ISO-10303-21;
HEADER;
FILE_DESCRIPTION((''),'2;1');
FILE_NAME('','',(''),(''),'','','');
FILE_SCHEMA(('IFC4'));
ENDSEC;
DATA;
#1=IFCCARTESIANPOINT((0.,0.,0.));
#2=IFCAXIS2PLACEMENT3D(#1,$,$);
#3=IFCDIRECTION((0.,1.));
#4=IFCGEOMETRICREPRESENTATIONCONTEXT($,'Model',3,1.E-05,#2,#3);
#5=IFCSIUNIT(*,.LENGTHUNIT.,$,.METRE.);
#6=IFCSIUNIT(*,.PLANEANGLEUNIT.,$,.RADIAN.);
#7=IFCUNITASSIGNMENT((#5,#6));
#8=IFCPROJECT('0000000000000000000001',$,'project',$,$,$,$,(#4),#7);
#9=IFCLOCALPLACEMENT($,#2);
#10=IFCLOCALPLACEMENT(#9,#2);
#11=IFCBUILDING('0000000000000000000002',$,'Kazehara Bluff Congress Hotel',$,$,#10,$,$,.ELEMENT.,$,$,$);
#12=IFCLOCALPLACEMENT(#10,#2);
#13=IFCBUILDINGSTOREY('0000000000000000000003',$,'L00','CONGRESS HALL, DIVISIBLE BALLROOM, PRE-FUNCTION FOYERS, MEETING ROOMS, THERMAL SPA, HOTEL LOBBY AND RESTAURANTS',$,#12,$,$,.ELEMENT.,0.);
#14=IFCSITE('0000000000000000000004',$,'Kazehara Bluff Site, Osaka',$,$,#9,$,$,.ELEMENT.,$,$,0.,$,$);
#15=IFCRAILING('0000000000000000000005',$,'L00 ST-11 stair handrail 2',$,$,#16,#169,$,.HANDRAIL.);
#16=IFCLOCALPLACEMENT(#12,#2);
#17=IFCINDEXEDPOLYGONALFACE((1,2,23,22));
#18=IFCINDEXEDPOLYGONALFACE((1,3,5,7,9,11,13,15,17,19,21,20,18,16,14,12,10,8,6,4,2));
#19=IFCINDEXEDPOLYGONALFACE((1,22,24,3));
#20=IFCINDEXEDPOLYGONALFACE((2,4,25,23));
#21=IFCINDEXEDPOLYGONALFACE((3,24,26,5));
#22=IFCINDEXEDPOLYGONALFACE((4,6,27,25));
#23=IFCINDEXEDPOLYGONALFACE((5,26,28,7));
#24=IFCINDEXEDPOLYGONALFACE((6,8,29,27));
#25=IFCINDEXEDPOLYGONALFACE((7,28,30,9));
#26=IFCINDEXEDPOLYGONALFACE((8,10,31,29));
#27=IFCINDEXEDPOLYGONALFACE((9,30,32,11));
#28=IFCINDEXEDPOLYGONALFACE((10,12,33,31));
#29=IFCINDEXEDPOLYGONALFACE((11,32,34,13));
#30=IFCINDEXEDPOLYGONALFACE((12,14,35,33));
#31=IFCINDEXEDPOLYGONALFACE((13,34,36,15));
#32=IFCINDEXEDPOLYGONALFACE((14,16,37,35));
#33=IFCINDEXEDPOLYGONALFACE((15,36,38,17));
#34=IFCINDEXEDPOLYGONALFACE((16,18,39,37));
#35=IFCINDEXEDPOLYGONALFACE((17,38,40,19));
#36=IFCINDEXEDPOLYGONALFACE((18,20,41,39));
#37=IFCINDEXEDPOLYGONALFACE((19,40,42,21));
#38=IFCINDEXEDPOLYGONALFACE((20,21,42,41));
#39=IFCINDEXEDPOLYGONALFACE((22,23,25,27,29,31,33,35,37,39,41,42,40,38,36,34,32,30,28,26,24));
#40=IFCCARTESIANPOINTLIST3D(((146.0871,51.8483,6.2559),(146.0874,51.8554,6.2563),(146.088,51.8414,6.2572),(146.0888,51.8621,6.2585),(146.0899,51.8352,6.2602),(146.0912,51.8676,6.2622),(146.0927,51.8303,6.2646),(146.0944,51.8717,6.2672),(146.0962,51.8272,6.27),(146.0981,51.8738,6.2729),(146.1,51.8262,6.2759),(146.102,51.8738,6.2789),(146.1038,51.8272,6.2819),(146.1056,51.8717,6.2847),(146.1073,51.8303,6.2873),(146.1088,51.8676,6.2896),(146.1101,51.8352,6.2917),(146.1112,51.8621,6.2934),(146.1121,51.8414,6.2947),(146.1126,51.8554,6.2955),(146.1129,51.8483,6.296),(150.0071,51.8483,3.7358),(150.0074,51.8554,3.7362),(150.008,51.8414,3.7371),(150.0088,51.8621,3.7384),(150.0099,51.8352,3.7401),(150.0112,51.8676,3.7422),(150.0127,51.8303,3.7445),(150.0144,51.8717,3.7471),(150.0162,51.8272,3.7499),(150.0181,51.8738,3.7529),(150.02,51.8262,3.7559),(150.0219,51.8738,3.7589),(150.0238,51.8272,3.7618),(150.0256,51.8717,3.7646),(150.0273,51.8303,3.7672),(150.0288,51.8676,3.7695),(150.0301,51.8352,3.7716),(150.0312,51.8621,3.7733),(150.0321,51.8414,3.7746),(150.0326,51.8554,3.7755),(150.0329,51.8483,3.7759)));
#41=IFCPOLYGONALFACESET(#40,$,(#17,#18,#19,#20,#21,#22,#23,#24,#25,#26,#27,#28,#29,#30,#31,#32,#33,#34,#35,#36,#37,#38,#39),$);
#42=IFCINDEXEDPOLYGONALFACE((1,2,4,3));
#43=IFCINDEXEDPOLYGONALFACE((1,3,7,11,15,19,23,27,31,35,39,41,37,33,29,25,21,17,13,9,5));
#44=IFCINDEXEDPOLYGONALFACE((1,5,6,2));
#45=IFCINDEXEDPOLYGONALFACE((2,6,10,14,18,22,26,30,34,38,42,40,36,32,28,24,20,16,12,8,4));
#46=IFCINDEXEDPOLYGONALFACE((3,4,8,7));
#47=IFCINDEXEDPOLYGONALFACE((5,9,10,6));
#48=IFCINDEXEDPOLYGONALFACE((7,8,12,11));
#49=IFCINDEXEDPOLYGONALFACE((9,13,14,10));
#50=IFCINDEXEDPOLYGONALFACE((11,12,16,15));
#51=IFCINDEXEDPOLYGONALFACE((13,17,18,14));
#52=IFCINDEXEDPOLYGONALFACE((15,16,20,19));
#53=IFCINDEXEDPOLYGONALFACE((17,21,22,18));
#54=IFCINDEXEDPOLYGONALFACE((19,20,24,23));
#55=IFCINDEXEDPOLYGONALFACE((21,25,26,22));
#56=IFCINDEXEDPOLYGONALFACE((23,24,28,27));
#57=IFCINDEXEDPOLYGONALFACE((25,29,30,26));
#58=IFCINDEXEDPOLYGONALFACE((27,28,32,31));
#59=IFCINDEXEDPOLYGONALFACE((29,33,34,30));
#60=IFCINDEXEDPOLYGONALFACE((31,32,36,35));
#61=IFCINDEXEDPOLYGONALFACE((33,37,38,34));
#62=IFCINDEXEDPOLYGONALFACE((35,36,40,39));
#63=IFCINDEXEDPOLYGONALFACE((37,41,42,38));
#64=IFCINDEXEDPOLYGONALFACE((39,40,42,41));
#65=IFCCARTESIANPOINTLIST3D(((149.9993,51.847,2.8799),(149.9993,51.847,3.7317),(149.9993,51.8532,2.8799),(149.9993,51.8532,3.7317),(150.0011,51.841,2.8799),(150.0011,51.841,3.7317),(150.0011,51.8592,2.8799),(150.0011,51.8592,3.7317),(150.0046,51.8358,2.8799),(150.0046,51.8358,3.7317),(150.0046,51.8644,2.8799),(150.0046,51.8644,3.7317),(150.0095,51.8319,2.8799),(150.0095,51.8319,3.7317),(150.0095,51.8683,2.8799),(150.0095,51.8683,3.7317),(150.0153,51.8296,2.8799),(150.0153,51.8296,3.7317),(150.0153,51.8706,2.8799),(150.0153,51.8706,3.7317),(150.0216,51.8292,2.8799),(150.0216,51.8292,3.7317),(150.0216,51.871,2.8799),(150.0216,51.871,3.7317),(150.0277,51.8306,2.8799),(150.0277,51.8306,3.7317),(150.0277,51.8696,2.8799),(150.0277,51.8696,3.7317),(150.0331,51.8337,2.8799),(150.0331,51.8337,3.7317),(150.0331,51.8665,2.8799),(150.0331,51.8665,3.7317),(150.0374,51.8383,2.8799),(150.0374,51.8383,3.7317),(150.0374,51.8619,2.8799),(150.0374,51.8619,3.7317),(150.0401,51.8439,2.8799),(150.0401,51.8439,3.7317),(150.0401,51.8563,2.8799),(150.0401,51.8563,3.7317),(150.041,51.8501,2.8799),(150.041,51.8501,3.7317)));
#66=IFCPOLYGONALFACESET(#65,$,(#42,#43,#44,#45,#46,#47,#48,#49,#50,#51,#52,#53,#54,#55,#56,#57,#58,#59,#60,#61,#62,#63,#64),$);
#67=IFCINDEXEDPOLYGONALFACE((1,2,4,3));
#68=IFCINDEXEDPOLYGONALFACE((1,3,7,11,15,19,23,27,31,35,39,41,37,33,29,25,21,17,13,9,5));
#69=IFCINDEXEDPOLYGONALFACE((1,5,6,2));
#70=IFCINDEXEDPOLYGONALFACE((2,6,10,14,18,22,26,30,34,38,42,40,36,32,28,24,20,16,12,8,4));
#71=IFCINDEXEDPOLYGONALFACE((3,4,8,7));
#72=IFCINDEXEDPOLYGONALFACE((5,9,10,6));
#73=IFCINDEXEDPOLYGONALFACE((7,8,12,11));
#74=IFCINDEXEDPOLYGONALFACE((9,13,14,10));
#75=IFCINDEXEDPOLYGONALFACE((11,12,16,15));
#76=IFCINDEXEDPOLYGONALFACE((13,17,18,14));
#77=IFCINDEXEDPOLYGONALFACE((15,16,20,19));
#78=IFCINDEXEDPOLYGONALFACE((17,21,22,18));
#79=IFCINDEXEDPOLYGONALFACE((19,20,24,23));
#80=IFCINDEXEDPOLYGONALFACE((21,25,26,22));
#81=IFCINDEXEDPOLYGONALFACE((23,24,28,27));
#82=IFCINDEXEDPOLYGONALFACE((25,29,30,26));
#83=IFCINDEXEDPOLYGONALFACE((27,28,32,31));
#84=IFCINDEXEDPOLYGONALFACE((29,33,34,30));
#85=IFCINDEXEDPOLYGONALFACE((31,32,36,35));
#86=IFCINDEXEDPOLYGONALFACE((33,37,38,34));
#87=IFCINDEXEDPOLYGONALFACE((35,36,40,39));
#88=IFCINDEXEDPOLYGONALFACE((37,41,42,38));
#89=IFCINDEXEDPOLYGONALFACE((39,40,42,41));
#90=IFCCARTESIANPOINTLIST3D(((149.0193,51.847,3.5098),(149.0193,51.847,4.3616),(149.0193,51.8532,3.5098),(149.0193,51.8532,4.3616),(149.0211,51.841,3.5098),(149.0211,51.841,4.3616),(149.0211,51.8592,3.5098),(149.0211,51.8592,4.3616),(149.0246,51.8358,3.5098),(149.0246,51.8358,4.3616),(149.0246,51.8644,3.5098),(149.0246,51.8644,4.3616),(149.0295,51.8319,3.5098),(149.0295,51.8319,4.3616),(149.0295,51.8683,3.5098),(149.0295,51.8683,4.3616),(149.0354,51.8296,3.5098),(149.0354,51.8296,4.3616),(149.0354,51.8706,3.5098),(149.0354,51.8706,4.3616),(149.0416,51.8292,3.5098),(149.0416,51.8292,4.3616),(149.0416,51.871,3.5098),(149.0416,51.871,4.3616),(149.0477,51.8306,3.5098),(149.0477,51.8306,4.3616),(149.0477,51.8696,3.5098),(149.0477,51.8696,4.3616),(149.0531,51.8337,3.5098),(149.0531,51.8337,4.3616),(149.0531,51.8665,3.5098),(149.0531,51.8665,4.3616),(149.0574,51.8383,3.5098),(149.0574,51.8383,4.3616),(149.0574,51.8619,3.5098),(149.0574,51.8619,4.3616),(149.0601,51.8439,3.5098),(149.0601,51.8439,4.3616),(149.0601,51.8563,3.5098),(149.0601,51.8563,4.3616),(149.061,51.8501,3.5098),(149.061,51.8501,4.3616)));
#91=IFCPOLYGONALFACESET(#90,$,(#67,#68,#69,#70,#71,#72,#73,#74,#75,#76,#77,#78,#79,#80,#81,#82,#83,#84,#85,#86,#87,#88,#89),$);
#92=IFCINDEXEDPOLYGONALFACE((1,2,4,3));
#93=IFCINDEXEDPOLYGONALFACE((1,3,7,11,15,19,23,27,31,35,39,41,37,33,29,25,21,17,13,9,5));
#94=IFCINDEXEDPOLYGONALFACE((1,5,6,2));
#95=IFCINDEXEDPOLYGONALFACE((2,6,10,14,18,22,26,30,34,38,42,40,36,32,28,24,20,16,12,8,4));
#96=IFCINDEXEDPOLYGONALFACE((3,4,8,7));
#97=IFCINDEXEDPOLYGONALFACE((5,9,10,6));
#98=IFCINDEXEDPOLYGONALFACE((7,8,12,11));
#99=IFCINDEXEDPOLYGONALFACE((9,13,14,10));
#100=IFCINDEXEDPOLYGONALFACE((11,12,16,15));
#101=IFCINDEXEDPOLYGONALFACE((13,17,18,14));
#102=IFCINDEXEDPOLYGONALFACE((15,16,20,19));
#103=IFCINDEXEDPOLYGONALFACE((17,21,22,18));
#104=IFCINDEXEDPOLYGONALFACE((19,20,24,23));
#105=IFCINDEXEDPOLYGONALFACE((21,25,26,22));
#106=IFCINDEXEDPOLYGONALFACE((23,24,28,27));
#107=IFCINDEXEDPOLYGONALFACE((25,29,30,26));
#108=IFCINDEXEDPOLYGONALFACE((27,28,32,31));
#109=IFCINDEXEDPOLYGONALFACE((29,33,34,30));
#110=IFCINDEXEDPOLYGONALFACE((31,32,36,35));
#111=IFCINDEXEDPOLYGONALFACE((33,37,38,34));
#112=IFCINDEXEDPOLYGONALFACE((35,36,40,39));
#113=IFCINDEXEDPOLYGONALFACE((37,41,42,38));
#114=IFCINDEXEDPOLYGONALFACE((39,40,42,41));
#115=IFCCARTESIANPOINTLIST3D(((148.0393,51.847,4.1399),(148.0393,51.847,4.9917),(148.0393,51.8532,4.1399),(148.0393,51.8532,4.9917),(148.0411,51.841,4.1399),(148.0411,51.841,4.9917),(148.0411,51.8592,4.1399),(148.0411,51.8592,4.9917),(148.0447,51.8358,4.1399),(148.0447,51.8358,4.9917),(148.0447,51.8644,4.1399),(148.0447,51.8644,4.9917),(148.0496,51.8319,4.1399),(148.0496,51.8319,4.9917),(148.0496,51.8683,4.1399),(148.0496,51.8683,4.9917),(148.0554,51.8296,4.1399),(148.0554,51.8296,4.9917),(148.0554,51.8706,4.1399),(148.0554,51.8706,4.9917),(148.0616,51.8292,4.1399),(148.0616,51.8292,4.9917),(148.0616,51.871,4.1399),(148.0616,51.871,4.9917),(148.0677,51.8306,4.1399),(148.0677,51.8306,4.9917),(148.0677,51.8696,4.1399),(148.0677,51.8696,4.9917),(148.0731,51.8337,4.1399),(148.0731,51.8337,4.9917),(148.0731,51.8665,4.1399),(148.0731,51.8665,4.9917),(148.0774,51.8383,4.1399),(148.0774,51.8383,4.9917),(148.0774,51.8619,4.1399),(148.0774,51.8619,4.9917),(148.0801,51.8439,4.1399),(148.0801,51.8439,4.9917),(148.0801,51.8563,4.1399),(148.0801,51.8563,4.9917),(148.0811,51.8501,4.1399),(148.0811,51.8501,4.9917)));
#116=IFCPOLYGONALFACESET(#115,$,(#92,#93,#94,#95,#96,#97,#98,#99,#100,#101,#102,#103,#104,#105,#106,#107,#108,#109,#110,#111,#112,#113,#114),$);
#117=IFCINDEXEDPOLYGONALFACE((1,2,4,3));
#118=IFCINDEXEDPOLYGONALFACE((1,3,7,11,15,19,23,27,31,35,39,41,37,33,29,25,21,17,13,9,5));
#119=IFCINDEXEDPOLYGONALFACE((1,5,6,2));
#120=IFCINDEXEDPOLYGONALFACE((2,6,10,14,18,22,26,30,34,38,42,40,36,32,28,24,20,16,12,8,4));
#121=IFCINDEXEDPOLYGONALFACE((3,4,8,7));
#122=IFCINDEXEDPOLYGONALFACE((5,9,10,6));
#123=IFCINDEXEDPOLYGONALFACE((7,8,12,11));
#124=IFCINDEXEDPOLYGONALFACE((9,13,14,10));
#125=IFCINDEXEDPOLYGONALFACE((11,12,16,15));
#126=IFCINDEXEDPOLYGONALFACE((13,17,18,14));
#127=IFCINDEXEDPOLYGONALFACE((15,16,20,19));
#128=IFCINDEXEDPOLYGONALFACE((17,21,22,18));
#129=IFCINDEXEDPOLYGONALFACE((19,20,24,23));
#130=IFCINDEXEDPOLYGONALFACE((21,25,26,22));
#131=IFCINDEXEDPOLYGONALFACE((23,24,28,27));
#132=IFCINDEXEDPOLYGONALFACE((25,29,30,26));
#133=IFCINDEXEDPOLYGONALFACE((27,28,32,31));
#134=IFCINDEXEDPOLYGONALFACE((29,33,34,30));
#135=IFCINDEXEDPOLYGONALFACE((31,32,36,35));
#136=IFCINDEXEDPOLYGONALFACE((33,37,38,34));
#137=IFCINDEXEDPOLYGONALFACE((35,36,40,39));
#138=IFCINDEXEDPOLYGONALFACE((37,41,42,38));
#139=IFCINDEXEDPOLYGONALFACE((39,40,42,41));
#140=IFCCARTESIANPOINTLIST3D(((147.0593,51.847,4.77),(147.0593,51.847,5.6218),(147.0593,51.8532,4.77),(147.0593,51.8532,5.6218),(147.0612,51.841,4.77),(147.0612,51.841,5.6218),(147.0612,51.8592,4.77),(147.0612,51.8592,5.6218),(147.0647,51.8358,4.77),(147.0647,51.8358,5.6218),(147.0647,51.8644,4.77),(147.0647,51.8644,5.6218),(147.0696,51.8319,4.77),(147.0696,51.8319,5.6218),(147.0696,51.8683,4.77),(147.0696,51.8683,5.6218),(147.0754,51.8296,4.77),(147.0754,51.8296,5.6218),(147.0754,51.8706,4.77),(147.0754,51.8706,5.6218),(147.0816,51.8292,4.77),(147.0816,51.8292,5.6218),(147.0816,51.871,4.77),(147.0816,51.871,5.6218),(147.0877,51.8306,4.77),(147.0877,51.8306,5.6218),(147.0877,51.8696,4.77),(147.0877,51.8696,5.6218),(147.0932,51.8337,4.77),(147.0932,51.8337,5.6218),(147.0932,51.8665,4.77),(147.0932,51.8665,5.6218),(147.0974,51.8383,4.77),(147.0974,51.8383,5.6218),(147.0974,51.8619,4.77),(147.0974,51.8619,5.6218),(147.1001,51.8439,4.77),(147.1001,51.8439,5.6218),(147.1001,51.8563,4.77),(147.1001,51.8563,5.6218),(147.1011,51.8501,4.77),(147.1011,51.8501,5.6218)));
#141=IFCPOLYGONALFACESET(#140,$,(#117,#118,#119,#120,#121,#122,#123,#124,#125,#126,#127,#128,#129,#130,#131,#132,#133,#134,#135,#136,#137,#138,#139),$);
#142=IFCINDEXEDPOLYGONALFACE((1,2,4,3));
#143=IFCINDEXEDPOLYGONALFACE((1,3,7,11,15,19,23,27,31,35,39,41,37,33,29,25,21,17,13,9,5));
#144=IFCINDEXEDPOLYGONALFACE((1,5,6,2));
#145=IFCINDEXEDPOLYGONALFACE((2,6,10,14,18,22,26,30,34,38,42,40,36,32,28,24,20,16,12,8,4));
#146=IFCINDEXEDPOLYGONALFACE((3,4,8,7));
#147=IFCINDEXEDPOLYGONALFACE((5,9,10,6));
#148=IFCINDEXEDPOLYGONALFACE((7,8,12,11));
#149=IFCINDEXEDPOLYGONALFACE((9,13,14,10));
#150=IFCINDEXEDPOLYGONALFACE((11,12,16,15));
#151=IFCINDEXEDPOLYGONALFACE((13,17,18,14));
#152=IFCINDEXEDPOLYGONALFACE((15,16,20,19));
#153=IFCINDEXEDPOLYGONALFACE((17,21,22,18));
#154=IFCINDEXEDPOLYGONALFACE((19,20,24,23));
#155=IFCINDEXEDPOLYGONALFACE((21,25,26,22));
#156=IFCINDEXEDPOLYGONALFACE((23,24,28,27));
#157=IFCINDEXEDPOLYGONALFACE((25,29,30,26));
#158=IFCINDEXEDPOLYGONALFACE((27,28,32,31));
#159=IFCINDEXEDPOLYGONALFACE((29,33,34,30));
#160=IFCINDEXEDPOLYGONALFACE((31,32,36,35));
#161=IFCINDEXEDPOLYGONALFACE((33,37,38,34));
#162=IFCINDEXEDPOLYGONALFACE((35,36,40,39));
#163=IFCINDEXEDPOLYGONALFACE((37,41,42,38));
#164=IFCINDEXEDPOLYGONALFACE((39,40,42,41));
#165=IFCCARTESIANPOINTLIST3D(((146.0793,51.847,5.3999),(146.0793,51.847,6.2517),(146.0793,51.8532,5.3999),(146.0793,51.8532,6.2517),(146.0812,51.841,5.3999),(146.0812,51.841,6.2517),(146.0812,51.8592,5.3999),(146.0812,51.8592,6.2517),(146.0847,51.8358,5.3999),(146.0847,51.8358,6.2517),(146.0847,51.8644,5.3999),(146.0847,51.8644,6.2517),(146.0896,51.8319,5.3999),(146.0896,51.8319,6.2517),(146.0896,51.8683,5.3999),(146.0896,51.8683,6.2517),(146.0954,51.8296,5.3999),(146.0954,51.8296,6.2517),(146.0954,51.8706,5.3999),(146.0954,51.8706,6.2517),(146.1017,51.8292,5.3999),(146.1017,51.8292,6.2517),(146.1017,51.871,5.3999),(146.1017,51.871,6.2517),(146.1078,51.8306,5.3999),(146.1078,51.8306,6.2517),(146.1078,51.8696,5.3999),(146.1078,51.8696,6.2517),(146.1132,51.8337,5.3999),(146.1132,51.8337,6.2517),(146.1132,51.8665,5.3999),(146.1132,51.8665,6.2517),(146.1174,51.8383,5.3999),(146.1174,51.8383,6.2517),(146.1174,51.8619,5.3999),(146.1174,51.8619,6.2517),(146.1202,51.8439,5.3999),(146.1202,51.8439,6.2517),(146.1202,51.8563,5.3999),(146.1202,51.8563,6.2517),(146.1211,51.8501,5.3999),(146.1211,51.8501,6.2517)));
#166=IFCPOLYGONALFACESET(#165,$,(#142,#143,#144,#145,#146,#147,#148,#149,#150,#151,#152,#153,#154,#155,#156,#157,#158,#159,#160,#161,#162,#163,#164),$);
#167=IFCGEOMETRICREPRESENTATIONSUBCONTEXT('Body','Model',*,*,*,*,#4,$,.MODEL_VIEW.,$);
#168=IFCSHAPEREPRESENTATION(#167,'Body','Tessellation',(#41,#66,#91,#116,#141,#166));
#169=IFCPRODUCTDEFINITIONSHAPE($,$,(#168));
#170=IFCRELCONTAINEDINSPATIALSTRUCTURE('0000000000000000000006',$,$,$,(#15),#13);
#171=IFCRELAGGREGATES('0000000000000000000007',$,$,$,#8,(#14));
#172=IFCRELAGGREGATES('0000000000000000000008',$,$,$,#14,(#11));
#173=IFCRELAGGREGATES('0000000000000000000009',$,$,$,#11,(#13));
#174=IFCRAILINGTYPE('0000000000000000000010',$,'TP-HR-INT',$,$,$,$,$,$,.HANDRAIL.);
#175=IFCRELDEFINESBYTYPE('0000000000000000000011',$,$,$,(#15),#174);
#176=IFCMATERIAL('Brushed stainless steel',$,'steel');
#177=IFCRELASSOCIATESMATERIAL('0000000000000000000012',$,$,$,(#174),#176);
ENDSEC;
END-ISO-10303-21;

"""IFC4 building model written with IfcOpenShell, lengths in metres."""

from ifc_helpers import new_model, si_unit, direction, frame, origin, origin_2d, place, context, subcontext, project, spatial, circle, extrude, material, type_object, element, save


model = new_model("IFC4")

# Units and contexts
model_context = context("Model", 3, precision=1e-05, world=origin(), true_north=direction((0.0, 1.0)))
body_context = subcontext(model_context, "Body", "Model", "MODEL_VIEW")
ifc_project = project(units=[si_unit("LENGTHUNIT", "METRE"), si_unit("PLANEANGLEUNIT", "RADIAN")], contexts=[model_context])

# Site, building, storey
site_placement = place(None, origin())
site = spatial("IfcSite", under=ifc_project, at=site_placement, Name="Kazehara Bluff Site, Osaka", CompositionType="ELEMENT", RefElevation=0.0)
building_placement = place(site_placement, origin())
building = spatial("IfcBuilding", under=site, at=building_placement, Name="Kazehara Bluff Congress Hotel", CompositionType="ELEMENT")
storey_placement = place(building_placement, origin())
storey = spatial("IfcBuildingStorey", under=building, at=storey_placement, Name="L00", Description="CONGRESS HALL, DIVISIBLE BALLROOM, PRE-FUNCTION FOYERS, MEETING ROOMS, THERMAL SPA, HOTEL LOBBY AND RESTAURANTS", CompositionType="ELEMENT", Elevation=0.0)

# Railing
ifc_material_1 = material(Name="Brushed stainless steel", Category="steel")
railing_type_1 = type_object("IfcRailingType", Name="TP-HR-INT", PredefinedType="HANDRAIL", material=ifc_material_1)
railing_1_placement = place(storey_placement, frame((150.02, 51.8501, 2.8799)))
element("IfcRailing", 1, at=railing_1_placement, inside=storey, type_object=railing_type_1, Name="L00 ST-11 stair handrail 2", PredefinedType="HANDRAIL", context=body_context, shape_type="SweptSolid", body=[
    extrude(circle(Radius=0.0239, at=origin_2d()), frame((0.0, 0.0, 0.876), z_axis=(-0.841172, 0.0, 0.540768), x_axis=(0.0, -1.0, 0.0)), (0.0, 0.0, 1.0), 4.6602),
    extrude(circle(Radius=0.021, at=origin_2d()), origin(), (0.0, 0.0, 1.0), 0.8518),
    extrude(circle(Radius=0.021, at=origin_2d()), frame((-0.98, 0.0, 0.6299)), (0.0, 0.0, 1.0), 0.8518),
    extrude(circle(Radius=0.021, at=origin_2d()), frame((-1.96, 0.0, 1.26)), (0.0, 0.0, 1.0), 0.8518),
    extrude(circle(Radius=0.021, at=origin_2d()), frame((-2.9399, 0.0, 1.8901)), (0.0, 0.0, 1.0), 0.8518),
    extrude(circle(Radius=0.021, at=origin_2d()), frame((-3.9199, 0.0, 2.52)), (0.0, 0.0, 1.0), 0.8518),
])

save(model, "model.ifc")
